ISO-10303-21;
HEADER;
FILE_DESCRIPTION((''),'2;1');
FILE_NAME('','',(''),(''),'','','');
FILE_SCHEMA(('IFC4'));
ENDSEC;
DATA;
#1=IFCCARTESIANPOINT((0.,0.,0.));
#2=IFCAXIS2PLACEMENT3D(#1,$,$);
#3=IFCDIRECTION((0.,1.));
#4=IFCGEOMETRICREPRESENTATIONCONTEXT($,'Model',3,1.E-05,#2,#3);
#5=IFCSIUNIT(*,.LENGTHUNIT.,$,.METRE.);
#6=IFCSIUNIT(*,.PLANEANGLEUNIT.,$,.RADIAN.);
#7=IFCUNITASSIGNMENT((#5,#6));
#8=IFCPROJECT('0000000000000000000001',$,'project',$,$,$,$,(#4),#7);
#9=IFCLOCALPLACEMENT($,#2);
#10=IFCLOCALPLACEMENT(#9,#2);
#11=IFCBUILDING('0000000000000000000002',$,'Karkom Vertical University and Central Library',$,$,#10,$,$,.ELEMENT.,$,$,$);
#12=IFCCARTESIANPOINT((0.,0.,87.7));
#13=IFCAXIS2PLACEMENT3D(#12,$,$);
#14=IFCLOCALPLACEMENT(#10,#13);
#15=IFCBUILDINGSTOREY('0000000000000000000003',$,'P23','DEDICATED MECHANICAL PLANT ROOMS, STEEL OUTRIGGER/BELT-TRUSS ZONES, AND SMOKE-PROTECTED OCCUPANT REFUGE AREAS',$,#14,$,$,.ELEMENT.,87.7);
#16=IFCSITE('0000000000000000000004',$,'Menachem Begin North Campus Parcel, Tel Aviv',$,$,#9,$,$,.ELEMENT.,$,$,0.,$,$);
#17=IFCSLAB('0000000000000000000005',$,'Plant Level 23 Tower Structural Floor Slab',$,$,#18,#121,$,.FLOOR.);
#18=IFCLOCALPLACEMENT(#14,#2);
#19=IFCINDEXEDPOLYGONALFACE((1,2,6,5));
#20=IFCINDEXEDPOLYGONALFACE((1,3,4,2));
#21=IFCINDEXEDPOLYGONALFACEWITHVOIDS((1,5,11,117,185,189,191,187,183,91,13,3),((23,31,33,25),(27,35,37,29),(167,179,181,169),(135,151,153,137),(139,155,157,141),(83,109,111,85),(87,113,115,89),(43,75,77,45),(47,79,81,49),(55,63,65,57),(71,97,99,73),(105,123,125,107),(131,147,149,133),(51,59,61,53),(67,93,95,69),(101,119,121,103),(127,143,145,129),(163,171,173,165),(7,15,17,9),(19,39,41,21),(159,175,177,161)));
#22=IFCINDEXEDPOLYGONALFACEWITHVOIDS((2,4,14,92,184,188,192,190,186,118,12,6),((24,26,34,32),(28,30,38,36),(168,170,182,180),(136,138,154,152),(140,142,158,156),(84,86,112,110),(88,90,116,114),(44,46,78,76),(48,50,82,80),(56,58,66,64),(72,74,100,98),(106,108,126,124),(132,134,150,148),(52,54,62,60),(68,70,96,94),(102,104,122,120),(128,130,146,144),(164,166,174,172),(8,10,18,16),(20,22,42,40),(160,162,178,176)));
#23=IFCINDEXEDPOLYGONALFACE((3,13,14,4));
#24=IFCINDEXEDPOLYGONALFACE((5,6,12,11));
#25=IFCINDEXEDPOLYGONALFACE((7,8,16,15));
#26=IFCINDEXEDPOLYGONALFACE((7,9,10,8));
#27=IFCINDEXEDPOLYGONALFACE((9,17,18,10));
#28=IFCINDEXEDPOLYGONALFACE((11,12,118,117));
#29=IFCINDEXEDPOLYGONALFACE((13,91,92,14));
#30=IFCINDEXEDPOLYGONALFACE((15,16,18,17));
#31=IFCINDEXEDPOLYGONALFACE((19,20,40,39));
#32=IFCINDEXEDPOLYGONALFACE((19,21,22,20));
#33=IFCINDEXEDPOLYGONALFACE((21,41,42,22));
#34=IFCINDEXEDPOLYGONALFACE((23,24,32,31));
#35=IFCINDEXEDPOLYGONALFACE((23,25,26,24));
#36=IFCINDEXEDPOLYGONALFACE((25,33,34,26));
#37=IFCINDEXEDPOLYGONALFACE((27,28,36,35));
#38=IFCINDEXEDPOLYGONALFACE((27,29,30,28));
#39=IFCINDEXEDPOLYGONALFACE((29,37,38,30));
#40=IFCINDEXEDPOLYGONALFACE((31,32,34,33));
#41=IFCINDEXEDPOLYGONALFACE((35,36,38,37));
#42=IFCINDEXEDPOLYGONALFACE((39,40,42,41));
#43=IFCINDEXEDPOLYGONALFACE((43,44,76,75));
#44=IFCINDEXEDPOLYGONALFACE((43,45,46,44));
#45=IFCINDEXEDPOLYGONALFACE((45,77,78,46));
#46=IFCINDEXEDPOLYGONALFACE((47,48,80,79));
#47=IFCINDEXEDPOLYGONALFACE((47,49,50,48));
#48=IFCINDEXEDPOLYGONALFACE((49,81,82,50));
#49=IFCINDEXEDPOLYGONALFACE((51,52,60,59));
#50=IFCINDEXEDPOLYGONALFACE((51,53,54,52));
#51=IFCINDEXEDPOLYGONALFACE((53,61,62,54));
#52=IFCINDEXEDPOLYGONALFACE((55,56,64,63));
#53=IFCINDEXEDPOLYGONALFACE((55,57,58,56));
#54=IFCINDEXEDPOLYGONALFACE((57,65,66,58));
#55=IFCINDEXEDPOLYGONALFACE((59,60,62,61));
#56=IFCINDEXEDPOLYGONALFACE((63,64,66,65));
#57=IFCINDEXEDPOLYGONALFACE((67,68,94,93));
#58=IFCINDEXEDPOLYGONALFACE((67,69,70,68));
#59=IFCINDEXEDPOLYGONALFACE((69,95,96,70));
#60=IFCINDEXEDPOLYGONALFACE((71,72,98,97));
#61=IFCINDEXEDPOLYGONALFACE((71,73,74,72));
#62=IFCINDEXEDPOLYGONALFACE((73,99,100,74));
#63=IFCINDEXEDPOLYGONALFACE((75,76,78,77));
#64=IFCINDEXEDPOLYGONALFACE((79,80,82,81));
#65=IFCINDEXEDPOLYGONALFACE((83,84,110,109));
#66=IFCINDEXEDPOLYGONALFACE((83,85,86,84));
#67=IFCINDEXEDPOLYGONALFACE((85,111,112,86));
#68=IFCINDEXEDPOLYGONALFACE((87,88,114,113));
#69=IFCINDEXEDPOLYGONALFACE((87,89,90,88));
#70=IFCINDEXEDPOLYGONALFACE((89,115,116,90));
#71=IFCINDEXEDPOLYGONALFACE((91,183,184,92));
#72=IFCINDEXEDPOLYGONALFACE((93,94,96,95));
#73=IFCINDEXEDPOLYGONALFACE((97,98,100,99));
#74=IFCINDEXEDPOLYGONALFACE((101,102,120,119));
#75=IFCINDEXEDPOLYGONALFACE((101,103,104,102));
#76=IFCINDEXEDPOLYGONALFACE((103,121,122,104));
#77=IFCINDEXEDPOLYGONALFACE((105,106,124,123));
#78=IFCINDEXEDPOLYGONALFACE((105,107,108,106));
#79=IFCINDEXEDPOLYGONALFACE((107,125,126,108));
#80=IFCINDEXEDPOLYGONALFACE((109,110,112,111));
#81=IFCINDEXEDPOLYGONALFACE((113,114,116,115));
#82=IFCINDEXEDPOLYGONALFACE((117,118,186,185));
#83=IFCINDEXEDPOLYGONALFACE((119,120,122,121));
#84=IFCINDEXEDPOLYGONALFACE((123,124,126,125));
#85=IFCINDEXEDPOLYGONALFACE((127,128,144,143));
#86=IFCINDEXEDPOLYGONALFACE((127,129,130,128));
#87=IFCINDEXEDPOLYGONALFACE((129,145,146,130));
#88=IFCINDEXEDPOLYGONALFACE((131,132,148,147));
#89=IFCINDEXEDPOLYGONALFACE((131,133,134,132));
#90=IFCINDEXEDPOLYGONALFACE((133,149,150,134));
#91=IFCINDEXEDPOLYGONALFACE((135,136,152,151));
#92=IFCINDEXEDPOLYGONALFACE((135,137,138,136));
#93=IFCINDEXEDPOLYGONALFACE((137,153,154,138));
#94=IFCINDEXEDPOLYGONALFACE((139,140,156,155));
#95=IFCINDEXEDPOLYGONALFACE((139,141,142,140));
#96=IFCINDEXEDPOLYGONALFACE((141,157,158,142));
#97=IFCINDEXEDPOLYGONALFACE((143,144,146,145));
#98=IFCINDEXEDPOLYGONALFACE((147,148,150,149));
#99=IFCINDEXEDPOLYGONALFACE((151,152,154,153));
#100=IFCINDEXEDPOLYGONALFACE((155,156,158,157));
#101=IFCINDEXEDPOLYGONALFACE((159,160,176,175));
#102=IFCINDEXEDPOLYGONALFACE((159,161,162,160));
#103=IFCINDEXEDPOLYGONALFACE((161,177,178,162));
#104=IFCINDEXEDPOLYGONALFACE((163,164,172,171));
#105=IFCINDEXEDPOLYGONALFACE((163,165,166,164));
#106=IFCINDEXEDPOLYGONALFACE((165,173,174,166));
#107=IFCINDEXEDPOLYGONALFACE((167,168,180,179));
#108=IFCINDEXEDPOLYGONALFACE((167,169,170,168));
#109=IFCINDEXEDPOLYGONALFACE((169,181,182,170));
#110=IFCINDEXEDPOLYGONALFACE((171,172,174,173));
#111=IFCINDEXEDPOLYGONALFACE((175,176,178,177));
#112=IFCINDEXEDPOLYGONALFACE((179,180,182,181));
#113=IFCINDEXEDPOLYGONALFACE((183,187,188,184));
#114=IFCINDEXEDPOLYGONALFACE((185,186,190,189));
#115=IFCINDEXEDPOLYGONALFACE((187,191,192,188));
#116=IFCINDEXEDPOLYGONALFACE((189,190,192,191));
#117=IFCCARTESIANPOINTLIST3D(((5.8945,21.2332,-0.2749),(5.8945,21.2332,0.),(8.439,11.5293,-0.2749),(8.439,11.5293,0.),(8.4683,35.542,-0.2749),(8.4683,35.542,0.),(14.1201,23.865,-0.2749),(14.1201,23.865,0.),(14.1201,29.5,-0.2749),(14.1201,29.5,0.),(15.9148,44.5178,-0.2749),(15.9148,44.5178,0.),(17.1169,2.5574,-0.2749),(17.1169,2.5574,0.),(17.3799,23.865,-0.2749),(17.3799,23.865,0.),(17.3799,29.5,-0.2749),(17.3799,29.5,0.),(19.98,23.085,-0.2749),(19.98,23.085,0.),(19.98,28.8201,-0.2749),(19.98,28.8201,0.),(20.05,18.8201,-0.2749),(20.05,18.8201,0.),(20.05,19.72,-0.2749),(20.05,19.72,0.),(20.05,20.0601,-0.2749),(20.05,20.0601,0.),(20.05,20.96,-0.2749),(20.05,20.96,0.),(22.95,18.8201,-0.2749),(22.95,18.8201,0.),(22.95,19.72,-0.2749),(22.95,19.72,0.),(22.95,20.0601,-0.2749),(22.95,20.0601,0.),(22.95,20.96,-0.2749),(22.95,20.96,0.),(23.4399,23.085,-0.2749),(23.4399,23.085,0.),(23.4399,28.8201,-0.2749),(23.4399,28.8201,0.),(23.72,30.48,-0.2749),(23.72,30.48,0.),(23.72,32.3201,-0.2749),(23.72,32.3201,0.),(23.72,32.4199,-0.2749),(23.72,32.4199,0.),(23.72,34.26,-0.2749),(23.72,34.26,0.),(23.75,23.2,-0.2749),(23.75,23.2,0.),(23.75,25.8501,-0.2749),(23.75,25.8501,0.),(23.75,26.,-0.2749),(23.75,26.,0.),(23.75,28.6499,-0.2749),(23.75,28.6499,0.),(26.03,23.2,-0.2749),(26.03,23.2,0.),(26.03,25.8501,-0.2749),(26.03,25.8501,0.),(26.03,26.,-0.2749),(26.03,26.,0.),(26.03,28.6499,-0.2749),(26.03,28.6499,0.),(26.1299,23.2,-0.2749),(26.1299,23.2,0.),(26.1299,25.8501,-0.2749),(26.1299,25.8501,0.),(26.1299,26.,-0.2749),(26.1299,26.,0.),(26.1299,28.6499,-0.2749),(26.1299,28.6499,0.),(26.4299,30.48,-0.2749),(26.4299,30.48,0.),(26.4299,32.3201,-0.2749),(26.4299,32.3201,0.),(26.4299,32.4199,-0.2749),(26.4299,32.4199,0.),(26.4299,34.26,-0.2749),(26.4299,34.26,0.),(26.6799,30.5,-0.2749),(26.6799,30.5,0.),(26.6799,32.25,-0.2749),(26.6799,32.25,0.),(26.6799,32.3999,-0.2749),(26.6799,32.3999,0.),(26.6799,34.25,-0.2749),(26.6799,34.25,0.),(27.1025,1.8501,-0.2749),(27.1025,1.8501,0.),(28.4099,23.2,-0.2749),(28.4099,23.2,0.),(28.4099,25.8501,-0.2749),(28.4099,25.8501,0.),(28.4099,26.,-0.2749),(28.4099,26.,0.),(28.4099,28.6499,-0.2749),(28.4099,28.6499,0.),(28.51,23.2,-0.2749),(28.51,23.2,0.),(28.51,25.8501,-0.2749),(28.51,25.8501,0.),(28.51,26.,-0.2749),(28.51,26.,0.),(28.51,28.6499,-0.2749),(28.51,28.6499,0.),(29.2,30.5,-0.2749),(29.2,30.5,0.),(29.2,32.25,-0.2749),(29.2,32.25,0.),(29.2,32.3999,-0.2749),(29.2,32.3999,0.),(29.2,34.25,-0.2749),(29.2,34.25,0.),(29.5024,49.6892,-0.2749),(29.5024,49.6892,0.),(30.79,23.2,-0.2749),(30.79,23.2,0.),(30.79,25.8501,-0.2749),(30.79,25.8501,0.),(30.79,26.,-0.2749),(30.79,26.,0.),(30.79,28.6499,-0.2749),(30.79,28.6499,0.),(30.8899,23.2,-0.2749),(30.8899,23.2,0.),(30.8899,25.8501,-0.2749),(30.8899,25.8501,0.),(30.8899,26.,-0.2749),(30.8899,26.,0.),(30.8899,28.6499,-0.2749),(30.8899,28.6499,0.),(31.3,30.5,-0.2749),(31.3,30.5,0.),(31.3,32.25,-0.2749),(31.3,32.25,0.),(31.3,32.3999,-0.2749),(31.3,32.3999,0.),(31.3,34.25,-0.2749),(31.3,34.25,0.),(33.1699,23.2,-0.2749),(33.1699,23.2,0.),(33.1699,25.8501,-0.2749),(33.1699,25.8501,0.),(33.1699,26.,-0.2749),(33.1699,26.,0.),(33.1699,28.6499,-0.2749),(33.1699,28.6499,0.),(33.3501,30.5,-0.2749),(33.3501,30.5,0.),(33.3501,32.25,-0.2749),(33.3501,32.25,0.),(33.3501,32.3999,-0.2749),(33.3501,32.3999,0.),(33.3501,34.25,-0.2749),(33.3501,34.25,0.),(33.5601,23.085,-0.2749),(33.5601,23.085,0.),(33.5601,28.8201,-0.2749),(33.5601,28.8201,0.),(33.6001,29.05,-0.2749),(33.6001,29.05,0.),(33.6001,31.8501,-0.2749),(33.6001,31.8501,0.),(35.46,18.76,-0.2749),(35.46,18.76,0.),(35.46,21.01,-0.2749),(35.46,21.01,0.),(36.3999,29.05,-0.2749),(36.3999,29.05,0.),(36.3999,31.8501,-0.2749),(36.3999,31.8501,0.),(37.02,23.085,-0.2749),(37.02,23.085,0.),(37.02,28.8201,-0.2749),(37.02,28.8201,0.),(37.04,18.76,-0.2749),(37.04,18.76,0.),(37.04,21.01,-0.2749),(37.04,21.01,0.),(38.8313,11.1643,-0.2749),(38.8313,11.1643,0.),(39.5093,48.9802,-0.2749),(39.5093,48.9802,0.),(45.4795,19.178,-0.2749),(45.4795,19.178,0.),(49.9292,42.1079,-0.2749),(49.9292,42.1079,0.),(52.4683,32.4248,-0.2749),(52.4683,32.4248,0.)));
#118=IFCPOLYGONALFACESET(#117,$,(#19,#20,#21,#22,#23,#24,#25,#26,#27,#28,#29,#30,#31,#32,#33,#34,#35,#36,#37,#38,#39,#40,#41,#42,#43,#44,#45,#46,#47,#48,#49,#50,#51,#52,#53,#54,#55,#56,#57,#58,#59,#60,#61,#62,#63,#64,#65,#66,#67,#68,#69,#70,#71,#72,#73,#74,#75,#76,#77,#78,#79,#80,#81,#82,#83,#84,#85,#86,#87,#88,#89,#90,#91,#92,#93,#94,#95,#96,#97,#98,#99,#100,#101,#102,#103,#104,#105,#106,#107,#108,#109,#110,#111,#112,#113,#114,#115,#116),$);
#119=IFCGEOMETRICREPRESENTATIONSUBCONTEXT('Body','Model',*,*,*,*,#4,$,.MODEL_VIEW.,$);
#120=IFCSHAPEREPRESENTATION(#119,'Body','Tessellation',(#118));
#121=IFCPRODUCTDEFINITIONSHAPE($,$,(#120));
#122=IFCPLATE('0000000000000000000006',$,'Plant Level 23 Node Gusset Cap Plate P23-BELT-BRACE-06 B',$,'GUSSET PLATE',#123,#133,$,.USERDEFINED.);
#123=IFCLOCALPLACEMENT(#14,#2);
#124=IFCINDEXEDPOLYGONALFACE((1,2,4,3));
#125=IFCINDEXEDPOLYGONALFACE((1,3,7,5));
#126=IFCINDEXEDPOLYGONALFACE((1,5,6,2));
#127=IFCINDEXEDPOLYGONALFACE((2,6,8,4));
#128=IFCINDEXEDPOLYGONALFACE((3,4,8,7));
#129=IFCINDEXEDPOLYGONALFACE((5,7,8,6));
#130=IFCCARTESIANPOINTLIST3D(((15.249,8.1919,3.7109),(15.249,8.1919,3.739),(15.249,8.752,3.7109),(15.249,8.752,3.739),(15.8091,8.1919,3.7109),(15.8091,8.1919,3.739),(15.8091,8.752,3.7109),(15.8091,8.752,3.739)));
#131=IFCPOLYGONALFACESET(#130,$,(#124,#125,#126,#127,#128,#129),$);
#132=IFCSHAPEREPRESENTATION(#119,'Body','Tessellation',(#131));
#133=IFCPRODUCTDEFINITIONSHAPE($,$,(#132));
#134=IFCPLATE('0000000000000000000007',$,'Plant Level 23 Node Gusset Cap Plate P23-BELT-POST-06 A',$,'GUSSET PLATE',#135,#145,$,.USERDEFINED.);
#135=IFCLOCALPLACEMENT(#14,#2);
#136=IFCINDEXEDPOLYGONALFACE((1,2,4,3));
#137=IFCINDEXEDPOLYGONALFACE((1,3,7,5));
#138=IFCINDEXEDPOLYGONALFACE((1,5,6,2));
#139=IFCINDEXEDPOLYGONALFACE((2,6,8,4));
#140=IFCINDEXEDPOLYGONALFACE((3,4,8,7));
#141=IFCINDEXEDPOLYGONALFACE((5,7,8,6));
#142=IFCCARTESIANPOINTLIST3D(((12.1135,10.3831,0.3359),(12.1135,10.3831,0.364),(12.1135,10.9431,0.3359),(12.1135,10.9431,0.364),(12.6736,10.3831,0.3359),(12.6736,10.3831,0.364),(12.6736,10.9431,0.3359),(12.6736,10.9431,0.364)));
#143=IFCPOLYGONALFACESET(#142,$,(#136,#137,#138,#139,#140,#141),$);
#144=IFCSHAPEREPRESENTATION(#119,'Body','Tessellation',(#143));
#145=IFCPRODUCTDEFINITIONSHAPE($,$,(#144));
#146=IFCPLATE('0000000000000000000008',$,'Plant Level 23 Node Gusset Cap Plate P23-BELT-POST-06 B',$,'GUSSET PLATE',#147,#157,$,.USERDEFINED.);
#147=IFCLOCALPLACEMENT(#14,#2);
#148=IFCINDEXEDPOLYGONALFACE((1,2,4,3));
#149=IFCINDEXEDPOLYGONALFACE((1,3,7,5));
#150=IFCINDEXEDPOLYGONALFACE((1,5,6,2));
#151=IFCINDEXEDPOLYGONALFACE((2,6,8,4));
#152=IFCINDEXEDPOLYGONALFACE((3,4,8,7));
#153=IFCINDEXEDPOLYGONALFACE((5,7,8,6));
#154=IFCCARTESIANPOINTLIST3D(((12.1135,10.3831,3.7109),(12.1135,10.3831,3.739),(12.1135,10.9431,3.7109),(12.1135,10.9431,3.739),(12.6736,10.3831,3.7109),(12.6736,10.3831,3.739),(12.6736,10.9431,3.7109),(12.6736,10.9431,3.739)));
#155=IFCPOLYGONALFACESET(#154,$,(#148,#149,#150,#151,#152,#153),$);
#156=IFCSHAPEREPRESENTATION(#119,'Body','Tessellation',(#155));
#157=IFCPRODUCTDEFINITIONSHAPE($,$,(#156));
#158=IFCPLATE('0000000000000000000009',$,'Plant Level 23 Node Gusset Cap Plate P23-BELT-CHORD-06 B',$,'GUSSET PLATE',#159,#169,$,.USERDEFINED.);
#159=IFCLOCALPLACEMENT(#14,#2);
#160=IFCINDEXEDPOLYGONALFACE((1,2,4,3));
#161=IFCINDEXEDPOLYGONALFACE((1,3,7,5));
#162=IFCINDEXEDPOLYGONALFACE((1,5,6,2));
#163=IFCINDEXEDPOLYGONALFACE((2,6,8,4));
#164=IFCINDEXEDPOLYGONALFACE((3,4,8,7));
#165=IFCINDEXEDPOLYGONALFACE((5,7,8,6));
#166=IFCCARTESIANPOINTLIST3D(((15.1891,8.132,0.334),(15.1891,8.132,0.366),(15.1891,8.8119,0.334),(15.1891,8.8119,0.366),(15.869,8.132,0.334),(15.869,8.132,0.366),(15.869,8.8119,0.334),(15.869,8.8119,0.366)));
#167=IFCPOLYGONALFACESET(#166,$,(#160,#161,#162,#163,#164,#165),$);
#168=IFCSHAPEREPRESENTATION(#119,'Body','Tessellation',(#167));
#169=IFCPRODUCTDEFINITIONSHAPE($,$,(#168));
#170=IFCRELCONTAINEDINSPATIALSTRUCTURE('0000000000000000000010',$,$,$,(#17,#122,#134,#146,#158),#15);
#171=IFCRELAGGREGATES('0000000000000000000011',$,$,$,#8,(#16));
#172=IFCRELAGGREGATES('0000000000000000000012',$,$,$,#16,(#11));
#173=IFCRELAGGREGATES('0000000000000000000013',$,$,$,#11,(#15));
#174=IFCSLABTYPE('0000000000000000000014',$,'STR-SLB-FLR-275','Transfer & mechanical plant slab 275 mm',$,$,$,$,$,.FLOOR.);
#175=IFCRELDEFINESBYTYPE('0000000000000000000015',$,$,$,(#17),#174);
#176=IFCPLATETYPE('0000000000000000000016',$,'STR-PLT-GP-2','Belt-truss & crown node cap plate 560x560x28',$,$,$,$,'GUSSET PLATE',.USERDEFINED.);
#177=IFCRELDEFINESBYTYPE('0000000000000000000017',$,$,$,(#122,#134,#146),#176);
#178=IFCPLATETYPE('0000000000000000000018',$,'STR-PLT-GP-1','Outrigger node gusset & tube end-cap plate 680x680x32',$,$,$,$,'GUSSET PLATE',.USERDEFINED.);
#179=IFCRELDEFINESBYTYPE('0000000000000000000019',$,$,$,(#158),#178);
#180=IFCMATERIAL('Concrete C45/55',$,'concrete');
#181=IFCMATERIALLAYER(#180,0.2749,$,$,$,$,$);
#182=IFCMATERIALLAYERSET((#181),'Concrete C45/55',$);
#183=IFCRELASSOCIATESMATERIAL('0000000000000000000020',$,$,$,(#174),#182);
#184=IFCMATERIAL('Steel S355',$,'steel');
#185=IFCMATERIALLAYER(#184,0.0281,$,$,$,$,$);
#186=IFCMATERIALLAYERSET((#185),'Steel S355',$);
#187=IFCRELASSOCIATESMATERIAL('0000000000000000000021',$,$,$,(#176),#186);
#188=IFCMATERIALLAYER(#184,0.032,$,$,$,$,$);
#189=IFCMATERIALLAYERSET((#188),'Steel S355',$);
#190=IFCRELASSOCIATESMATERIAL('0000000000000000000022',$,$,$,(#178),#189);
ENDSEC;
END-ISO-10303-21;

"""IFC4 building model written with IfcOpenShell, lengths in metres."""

from ifc_helpers import new_model, si_unit, direction, frame, origin, origin_with_axes, origin_2d, place, context, subcontext, project, spatial, polyline, rectangle, outline, extrude, source, transform, mapped, material, layer, layer_set, type_object, element, save


model = new_model("IFC4")

# Units and contexts
model_context = context("Model", 3, precision=1e-05, world=origin(), true_north=direction((0.0, 1.0)))
body_context = subcontext(model_context, "Body", "Model", "MODEL_VIEW")
ifc_project = project(units=[si_unit("LENGTHUNIT", "METRE"), si_unit("PLANEANGLEUNIT", "RADIAN")], contexts=[model_context])

# Site, building, storey
site_placement = place(None, origin())
site = spatial("IfcSite", under=ifc_project, at=site_placement, Name="Menachem Begin North Campus Parcel, Tel Aviv", CompositionType="ELEMENT", RefElevation=0.0)
building_placement = place(site_placement, origin())
building = spatial("IfcBuilding", under=site, at=building_placement, Name="Karkom Vertical University and Central Library", CompositionType="ELEMENT")
storey_placement = place(building_placement, frame((0.0, 0.0, 87.7)))
storey = spatial("IfcBuildingStorey", under=building, at=storey_placement, Name="P23", Description="DEDICATED MECHANICAL PLANT ROOMS, STEEL OUTRIGGER/BELT-TRUSS ZONES, AND SMOKE-PROTECTED OCCUPANT REFUGE AREAS", CompositionType="ELEMENT", Elevation=87.7)

# Shared definitions
ifc_material_1 = material(Name="Steel S355", Category="steel")

# Shared definitions
ifc_material_2 = material(Name="Concrete C45/55", Category="concrete")

# Slab
ifc_layer_1 = layer(ifc_material_2, 0.2749)
ifc_layer_set_1 = layer_set([ifc_layer_1], Name="Concrete C45/55")
slab_type_1 = type_object("IfcSlabType", Name="STR-SLB-FLR-275", Description="Transfer & mechanical plant slab 275 mm", PredefinedType="FLOOR", material=ifc_layer_set_1)
slab_1_placement = place(storey_placement, frame((0.0, 0.0, -0.2749)))
element("IfcSlab", 1, at=slab_1_placement, inside=storey, type_object=slab_type_1, Name="Plant Level 23 Tower Structural Floor Slab", PredefinedType="FLOOR", context=body_context, shape_type="SweptSolid", body=[
    extrude(outline(polyline([(15.9148, 44.5178), (8.4683, 35.542), (5.8945, 21.2332), (8.439, 11.5293), (17.1169, 2.5574), (27.1025, 1.8501), (38.8313, 11.1643), (45.4795, 19.178), (52.4683, 32.4248), (49.9292, 42.1079), (39.5093, 48.9802), (29.5024, 49.6892), (15.9148, 44.5178)]), holes=[polyline([(19.98, 23.085), (23.4399, 23.085), (23.4399, 28.8201), (19.98, 28.8201), (19.98, 23.085)]), polyline([(33.5601, 23.085), (37.02, 23.085), (37.02, 28.8201), (33.5601, 28.8201), (33.5601, 23.085)]), polyline([(14.1201, 23.865), (17.3799, 23.865), (17.3799, 29.5), (14.1201, 29.5), (14.1201, 23.865)]), polyline([(23.75, 23.2), (26.03, 23.2), (26.03, 25.8501), (23.75, 25.8501), (23.75, 23.2)]), polyline([(26.1299, 23.2), (28.4099, 23.2), (28.4099, 25.8501), (26.1299, 25.8501), (26.1299, 23.2)]), polyline([(28.51, 23.2), (30.79, 23.2), (30.79, 25.8501), (28.51, 25.8501), (28.51, 23.2)]), polyline([(30.8899, 23.2), (33.1699, 23.2), (33.1699, 25.8501), (30.8899, 25.8501), (30.8899, 23.2)]), polyline([(23.75, 26.0), (26.03, 26.0), (26.03, 28.6499), (23.75, 28.6499), (23.75, 26.0)]), polyline([(26.1299, 26.0), (28.4099, 26.0), (28.4099, 28.6499), (26.1299, 28.6499), (26.1299, 26.0)]), polyline([(28.51, 26.0), (30.79, 26.0), (30.79, 28.6499), (28.51, 28.6499), (28.51, 26.0)]), polyline([(30.8899, 26.0), (33.1699, 26.0), (33.1699, 28.6499), (30.8899, 28.6499), (30.8899, 26.0)]), polyline([(26.6799, 30.5), (29.2, 30.5), (29.2, 32.25), (26.6799, 32.25), (26.6799, 30.5)]), polyline([(26.6799, 32.3999), (29.2, 32.3999), (29.2, 34.25), (26.6799, 34.25), (26.6799, 32.3999)]), polyline([(31.3, 30.5), (33.3501, 30.5), (33.3501, 32.25), (31.3, 32.25), (31.3, 30.5)]), polyline([(31.3, 32.3999), (33.3501, 32.3999), (33.3501, 34.25), (31.3, 34.25), (31.3, 32.3999)]), polyline([(23.72, 30.48), (26.4299, 30.48), (26.4299, 32.3201), (23.72, 32.3201), (23.72, 30.48)]), polyline([(23.72, 32.4199), (26.4299, 32.4199), (26.4299, 34.26), (23.72, 34.26), (23.72, 32.4199)]), polyline([(33.6001, 29.05), (36.3999, 29.05), (36.3999, 31.8501), (33.6001, 31.8501), (33.6001, 29.05)]), polyline([(20.05, 18.8201), (22.95, 18.8201), (22.95, 19.72), (20.05, 19.72), (20.05, 18.8201)]), polyline([(20.05, 20.0601), (22.95, 20.0601), (22.95, 20.96), (20.05, 20.96), (20.05, 20.0601)]), polyline([(35.46, 18.76), (37.04, 18.76), (37.04, 21.01), (35.46, 21.01), (35.46, 18.76)])]), origin(), (0.0, 0.0, 1.0), 0.2749),
])

# Plates
ifc_layer_2 = layer(ifc_material_1, 0.0281)
ifc_layer_set_2 = layer_set([ifc_layer_2], Name="Steel S355")
plate_type_1 = type_object("IfcPlateType", Name="STR-PLT-GP-2", Description="Belt-truss & crown node cap plate 560x560x28", ElementType="GUSSET PLATE", PredefinedType="USERDEFINED", material=ifc_layer_set_2)
shared_shape_1 = source(origin_with_axes(), body_context, "Body", "SweptSolid", [
    extrude(rectangle(XDim=0.5601, YDim=0.5601, at=origin_2d()), origin(), (0.0, 0.0, 1.0), 0.0281),
])
for number, where, z_axis, x_axis, name in (
    (2, (15.5291, 8.4719, 3.7109), (0.0, 0.0, 1.0), (1.0, 0.0, 0.0), "Plant Level 23 Node Gusset Cap Plate P23-BELT-BRACE-06 B"),
    (3, (12.3936, 10.6631, 0.3359), (0.0, 0.0, 1.0), (1.0, 0.0, 0.0), "Plant Level 23 Node Gusset Cap Plate P23-BELT-POST-06 A"),
    (4, (12.3936, 10.6631, 3.7109), (0.0, 0.0, 1.0), (1.0, 0.0, 0.0), "Plant Level 23 Node Gusset Cap Plate P23-BELT-POST-06 B"),
):
    element("IfcPlate", number, at=place(storey_placement, frame(where, z_axis=z_axis, x_axis=x_axis)), inside=storey, type_object=plate_type_1, Name=name, ObjectType="GUSSET PLATE", PredefinedType="USERDEFINED", context=body_context, shape_type="MappedRepresentation", body=[
        mapped(shared_shape_1, transform((0.0, 0.0, 0.0), scale=1.0)),
    ])
ifc_layer_3 = layer(ifc_material_1, 0.032)
ifc_layer_set_3 = layer_set([ifc_layer_3], Name="Steel S355")
plate_type_2 = type_object("IfcPlateType", Name="STR-PLT-GP-1", Description="Outrigger node gusset & tube end-cap plate 680x680x32", ElementType="GUSSET PLATE", PredefinedType="USERDEFINED", material=ifc_layer_set_3)
shared_shape_2 = source(origin_with_axes(), body_context, "Body", "SweptSolid", [
    extrude(rectangle(XDim=0.6799, YDim=0.6799, at=origin_2d()), origin(), (0.0, 0.0, 1.0), 0.032),
])
plate_placement = place(storey_placement, frame((15.5291, 8.4719, 0.334), z_axis=(0.0, 0.0, 1.0), x_axis=(1.0, 0.0, 0.0)))
element("IfcPlate", 5, at=plate_placement, inside=storey, type_object=plate_type_2, Name="Plant Level 23 Node Gusset Cap Plate P23-BELT-CHORD-06 B", ObjectType="GUSSET PLATE", PredefinedType="USERDEFINED", context=body_context, shape_type="MappedRepresentation", body=[
    mapped(shared_shape_2, transform((0.0, 0.0, 0.0), scale=1.0)),
])

save(model, "model.ifc")
